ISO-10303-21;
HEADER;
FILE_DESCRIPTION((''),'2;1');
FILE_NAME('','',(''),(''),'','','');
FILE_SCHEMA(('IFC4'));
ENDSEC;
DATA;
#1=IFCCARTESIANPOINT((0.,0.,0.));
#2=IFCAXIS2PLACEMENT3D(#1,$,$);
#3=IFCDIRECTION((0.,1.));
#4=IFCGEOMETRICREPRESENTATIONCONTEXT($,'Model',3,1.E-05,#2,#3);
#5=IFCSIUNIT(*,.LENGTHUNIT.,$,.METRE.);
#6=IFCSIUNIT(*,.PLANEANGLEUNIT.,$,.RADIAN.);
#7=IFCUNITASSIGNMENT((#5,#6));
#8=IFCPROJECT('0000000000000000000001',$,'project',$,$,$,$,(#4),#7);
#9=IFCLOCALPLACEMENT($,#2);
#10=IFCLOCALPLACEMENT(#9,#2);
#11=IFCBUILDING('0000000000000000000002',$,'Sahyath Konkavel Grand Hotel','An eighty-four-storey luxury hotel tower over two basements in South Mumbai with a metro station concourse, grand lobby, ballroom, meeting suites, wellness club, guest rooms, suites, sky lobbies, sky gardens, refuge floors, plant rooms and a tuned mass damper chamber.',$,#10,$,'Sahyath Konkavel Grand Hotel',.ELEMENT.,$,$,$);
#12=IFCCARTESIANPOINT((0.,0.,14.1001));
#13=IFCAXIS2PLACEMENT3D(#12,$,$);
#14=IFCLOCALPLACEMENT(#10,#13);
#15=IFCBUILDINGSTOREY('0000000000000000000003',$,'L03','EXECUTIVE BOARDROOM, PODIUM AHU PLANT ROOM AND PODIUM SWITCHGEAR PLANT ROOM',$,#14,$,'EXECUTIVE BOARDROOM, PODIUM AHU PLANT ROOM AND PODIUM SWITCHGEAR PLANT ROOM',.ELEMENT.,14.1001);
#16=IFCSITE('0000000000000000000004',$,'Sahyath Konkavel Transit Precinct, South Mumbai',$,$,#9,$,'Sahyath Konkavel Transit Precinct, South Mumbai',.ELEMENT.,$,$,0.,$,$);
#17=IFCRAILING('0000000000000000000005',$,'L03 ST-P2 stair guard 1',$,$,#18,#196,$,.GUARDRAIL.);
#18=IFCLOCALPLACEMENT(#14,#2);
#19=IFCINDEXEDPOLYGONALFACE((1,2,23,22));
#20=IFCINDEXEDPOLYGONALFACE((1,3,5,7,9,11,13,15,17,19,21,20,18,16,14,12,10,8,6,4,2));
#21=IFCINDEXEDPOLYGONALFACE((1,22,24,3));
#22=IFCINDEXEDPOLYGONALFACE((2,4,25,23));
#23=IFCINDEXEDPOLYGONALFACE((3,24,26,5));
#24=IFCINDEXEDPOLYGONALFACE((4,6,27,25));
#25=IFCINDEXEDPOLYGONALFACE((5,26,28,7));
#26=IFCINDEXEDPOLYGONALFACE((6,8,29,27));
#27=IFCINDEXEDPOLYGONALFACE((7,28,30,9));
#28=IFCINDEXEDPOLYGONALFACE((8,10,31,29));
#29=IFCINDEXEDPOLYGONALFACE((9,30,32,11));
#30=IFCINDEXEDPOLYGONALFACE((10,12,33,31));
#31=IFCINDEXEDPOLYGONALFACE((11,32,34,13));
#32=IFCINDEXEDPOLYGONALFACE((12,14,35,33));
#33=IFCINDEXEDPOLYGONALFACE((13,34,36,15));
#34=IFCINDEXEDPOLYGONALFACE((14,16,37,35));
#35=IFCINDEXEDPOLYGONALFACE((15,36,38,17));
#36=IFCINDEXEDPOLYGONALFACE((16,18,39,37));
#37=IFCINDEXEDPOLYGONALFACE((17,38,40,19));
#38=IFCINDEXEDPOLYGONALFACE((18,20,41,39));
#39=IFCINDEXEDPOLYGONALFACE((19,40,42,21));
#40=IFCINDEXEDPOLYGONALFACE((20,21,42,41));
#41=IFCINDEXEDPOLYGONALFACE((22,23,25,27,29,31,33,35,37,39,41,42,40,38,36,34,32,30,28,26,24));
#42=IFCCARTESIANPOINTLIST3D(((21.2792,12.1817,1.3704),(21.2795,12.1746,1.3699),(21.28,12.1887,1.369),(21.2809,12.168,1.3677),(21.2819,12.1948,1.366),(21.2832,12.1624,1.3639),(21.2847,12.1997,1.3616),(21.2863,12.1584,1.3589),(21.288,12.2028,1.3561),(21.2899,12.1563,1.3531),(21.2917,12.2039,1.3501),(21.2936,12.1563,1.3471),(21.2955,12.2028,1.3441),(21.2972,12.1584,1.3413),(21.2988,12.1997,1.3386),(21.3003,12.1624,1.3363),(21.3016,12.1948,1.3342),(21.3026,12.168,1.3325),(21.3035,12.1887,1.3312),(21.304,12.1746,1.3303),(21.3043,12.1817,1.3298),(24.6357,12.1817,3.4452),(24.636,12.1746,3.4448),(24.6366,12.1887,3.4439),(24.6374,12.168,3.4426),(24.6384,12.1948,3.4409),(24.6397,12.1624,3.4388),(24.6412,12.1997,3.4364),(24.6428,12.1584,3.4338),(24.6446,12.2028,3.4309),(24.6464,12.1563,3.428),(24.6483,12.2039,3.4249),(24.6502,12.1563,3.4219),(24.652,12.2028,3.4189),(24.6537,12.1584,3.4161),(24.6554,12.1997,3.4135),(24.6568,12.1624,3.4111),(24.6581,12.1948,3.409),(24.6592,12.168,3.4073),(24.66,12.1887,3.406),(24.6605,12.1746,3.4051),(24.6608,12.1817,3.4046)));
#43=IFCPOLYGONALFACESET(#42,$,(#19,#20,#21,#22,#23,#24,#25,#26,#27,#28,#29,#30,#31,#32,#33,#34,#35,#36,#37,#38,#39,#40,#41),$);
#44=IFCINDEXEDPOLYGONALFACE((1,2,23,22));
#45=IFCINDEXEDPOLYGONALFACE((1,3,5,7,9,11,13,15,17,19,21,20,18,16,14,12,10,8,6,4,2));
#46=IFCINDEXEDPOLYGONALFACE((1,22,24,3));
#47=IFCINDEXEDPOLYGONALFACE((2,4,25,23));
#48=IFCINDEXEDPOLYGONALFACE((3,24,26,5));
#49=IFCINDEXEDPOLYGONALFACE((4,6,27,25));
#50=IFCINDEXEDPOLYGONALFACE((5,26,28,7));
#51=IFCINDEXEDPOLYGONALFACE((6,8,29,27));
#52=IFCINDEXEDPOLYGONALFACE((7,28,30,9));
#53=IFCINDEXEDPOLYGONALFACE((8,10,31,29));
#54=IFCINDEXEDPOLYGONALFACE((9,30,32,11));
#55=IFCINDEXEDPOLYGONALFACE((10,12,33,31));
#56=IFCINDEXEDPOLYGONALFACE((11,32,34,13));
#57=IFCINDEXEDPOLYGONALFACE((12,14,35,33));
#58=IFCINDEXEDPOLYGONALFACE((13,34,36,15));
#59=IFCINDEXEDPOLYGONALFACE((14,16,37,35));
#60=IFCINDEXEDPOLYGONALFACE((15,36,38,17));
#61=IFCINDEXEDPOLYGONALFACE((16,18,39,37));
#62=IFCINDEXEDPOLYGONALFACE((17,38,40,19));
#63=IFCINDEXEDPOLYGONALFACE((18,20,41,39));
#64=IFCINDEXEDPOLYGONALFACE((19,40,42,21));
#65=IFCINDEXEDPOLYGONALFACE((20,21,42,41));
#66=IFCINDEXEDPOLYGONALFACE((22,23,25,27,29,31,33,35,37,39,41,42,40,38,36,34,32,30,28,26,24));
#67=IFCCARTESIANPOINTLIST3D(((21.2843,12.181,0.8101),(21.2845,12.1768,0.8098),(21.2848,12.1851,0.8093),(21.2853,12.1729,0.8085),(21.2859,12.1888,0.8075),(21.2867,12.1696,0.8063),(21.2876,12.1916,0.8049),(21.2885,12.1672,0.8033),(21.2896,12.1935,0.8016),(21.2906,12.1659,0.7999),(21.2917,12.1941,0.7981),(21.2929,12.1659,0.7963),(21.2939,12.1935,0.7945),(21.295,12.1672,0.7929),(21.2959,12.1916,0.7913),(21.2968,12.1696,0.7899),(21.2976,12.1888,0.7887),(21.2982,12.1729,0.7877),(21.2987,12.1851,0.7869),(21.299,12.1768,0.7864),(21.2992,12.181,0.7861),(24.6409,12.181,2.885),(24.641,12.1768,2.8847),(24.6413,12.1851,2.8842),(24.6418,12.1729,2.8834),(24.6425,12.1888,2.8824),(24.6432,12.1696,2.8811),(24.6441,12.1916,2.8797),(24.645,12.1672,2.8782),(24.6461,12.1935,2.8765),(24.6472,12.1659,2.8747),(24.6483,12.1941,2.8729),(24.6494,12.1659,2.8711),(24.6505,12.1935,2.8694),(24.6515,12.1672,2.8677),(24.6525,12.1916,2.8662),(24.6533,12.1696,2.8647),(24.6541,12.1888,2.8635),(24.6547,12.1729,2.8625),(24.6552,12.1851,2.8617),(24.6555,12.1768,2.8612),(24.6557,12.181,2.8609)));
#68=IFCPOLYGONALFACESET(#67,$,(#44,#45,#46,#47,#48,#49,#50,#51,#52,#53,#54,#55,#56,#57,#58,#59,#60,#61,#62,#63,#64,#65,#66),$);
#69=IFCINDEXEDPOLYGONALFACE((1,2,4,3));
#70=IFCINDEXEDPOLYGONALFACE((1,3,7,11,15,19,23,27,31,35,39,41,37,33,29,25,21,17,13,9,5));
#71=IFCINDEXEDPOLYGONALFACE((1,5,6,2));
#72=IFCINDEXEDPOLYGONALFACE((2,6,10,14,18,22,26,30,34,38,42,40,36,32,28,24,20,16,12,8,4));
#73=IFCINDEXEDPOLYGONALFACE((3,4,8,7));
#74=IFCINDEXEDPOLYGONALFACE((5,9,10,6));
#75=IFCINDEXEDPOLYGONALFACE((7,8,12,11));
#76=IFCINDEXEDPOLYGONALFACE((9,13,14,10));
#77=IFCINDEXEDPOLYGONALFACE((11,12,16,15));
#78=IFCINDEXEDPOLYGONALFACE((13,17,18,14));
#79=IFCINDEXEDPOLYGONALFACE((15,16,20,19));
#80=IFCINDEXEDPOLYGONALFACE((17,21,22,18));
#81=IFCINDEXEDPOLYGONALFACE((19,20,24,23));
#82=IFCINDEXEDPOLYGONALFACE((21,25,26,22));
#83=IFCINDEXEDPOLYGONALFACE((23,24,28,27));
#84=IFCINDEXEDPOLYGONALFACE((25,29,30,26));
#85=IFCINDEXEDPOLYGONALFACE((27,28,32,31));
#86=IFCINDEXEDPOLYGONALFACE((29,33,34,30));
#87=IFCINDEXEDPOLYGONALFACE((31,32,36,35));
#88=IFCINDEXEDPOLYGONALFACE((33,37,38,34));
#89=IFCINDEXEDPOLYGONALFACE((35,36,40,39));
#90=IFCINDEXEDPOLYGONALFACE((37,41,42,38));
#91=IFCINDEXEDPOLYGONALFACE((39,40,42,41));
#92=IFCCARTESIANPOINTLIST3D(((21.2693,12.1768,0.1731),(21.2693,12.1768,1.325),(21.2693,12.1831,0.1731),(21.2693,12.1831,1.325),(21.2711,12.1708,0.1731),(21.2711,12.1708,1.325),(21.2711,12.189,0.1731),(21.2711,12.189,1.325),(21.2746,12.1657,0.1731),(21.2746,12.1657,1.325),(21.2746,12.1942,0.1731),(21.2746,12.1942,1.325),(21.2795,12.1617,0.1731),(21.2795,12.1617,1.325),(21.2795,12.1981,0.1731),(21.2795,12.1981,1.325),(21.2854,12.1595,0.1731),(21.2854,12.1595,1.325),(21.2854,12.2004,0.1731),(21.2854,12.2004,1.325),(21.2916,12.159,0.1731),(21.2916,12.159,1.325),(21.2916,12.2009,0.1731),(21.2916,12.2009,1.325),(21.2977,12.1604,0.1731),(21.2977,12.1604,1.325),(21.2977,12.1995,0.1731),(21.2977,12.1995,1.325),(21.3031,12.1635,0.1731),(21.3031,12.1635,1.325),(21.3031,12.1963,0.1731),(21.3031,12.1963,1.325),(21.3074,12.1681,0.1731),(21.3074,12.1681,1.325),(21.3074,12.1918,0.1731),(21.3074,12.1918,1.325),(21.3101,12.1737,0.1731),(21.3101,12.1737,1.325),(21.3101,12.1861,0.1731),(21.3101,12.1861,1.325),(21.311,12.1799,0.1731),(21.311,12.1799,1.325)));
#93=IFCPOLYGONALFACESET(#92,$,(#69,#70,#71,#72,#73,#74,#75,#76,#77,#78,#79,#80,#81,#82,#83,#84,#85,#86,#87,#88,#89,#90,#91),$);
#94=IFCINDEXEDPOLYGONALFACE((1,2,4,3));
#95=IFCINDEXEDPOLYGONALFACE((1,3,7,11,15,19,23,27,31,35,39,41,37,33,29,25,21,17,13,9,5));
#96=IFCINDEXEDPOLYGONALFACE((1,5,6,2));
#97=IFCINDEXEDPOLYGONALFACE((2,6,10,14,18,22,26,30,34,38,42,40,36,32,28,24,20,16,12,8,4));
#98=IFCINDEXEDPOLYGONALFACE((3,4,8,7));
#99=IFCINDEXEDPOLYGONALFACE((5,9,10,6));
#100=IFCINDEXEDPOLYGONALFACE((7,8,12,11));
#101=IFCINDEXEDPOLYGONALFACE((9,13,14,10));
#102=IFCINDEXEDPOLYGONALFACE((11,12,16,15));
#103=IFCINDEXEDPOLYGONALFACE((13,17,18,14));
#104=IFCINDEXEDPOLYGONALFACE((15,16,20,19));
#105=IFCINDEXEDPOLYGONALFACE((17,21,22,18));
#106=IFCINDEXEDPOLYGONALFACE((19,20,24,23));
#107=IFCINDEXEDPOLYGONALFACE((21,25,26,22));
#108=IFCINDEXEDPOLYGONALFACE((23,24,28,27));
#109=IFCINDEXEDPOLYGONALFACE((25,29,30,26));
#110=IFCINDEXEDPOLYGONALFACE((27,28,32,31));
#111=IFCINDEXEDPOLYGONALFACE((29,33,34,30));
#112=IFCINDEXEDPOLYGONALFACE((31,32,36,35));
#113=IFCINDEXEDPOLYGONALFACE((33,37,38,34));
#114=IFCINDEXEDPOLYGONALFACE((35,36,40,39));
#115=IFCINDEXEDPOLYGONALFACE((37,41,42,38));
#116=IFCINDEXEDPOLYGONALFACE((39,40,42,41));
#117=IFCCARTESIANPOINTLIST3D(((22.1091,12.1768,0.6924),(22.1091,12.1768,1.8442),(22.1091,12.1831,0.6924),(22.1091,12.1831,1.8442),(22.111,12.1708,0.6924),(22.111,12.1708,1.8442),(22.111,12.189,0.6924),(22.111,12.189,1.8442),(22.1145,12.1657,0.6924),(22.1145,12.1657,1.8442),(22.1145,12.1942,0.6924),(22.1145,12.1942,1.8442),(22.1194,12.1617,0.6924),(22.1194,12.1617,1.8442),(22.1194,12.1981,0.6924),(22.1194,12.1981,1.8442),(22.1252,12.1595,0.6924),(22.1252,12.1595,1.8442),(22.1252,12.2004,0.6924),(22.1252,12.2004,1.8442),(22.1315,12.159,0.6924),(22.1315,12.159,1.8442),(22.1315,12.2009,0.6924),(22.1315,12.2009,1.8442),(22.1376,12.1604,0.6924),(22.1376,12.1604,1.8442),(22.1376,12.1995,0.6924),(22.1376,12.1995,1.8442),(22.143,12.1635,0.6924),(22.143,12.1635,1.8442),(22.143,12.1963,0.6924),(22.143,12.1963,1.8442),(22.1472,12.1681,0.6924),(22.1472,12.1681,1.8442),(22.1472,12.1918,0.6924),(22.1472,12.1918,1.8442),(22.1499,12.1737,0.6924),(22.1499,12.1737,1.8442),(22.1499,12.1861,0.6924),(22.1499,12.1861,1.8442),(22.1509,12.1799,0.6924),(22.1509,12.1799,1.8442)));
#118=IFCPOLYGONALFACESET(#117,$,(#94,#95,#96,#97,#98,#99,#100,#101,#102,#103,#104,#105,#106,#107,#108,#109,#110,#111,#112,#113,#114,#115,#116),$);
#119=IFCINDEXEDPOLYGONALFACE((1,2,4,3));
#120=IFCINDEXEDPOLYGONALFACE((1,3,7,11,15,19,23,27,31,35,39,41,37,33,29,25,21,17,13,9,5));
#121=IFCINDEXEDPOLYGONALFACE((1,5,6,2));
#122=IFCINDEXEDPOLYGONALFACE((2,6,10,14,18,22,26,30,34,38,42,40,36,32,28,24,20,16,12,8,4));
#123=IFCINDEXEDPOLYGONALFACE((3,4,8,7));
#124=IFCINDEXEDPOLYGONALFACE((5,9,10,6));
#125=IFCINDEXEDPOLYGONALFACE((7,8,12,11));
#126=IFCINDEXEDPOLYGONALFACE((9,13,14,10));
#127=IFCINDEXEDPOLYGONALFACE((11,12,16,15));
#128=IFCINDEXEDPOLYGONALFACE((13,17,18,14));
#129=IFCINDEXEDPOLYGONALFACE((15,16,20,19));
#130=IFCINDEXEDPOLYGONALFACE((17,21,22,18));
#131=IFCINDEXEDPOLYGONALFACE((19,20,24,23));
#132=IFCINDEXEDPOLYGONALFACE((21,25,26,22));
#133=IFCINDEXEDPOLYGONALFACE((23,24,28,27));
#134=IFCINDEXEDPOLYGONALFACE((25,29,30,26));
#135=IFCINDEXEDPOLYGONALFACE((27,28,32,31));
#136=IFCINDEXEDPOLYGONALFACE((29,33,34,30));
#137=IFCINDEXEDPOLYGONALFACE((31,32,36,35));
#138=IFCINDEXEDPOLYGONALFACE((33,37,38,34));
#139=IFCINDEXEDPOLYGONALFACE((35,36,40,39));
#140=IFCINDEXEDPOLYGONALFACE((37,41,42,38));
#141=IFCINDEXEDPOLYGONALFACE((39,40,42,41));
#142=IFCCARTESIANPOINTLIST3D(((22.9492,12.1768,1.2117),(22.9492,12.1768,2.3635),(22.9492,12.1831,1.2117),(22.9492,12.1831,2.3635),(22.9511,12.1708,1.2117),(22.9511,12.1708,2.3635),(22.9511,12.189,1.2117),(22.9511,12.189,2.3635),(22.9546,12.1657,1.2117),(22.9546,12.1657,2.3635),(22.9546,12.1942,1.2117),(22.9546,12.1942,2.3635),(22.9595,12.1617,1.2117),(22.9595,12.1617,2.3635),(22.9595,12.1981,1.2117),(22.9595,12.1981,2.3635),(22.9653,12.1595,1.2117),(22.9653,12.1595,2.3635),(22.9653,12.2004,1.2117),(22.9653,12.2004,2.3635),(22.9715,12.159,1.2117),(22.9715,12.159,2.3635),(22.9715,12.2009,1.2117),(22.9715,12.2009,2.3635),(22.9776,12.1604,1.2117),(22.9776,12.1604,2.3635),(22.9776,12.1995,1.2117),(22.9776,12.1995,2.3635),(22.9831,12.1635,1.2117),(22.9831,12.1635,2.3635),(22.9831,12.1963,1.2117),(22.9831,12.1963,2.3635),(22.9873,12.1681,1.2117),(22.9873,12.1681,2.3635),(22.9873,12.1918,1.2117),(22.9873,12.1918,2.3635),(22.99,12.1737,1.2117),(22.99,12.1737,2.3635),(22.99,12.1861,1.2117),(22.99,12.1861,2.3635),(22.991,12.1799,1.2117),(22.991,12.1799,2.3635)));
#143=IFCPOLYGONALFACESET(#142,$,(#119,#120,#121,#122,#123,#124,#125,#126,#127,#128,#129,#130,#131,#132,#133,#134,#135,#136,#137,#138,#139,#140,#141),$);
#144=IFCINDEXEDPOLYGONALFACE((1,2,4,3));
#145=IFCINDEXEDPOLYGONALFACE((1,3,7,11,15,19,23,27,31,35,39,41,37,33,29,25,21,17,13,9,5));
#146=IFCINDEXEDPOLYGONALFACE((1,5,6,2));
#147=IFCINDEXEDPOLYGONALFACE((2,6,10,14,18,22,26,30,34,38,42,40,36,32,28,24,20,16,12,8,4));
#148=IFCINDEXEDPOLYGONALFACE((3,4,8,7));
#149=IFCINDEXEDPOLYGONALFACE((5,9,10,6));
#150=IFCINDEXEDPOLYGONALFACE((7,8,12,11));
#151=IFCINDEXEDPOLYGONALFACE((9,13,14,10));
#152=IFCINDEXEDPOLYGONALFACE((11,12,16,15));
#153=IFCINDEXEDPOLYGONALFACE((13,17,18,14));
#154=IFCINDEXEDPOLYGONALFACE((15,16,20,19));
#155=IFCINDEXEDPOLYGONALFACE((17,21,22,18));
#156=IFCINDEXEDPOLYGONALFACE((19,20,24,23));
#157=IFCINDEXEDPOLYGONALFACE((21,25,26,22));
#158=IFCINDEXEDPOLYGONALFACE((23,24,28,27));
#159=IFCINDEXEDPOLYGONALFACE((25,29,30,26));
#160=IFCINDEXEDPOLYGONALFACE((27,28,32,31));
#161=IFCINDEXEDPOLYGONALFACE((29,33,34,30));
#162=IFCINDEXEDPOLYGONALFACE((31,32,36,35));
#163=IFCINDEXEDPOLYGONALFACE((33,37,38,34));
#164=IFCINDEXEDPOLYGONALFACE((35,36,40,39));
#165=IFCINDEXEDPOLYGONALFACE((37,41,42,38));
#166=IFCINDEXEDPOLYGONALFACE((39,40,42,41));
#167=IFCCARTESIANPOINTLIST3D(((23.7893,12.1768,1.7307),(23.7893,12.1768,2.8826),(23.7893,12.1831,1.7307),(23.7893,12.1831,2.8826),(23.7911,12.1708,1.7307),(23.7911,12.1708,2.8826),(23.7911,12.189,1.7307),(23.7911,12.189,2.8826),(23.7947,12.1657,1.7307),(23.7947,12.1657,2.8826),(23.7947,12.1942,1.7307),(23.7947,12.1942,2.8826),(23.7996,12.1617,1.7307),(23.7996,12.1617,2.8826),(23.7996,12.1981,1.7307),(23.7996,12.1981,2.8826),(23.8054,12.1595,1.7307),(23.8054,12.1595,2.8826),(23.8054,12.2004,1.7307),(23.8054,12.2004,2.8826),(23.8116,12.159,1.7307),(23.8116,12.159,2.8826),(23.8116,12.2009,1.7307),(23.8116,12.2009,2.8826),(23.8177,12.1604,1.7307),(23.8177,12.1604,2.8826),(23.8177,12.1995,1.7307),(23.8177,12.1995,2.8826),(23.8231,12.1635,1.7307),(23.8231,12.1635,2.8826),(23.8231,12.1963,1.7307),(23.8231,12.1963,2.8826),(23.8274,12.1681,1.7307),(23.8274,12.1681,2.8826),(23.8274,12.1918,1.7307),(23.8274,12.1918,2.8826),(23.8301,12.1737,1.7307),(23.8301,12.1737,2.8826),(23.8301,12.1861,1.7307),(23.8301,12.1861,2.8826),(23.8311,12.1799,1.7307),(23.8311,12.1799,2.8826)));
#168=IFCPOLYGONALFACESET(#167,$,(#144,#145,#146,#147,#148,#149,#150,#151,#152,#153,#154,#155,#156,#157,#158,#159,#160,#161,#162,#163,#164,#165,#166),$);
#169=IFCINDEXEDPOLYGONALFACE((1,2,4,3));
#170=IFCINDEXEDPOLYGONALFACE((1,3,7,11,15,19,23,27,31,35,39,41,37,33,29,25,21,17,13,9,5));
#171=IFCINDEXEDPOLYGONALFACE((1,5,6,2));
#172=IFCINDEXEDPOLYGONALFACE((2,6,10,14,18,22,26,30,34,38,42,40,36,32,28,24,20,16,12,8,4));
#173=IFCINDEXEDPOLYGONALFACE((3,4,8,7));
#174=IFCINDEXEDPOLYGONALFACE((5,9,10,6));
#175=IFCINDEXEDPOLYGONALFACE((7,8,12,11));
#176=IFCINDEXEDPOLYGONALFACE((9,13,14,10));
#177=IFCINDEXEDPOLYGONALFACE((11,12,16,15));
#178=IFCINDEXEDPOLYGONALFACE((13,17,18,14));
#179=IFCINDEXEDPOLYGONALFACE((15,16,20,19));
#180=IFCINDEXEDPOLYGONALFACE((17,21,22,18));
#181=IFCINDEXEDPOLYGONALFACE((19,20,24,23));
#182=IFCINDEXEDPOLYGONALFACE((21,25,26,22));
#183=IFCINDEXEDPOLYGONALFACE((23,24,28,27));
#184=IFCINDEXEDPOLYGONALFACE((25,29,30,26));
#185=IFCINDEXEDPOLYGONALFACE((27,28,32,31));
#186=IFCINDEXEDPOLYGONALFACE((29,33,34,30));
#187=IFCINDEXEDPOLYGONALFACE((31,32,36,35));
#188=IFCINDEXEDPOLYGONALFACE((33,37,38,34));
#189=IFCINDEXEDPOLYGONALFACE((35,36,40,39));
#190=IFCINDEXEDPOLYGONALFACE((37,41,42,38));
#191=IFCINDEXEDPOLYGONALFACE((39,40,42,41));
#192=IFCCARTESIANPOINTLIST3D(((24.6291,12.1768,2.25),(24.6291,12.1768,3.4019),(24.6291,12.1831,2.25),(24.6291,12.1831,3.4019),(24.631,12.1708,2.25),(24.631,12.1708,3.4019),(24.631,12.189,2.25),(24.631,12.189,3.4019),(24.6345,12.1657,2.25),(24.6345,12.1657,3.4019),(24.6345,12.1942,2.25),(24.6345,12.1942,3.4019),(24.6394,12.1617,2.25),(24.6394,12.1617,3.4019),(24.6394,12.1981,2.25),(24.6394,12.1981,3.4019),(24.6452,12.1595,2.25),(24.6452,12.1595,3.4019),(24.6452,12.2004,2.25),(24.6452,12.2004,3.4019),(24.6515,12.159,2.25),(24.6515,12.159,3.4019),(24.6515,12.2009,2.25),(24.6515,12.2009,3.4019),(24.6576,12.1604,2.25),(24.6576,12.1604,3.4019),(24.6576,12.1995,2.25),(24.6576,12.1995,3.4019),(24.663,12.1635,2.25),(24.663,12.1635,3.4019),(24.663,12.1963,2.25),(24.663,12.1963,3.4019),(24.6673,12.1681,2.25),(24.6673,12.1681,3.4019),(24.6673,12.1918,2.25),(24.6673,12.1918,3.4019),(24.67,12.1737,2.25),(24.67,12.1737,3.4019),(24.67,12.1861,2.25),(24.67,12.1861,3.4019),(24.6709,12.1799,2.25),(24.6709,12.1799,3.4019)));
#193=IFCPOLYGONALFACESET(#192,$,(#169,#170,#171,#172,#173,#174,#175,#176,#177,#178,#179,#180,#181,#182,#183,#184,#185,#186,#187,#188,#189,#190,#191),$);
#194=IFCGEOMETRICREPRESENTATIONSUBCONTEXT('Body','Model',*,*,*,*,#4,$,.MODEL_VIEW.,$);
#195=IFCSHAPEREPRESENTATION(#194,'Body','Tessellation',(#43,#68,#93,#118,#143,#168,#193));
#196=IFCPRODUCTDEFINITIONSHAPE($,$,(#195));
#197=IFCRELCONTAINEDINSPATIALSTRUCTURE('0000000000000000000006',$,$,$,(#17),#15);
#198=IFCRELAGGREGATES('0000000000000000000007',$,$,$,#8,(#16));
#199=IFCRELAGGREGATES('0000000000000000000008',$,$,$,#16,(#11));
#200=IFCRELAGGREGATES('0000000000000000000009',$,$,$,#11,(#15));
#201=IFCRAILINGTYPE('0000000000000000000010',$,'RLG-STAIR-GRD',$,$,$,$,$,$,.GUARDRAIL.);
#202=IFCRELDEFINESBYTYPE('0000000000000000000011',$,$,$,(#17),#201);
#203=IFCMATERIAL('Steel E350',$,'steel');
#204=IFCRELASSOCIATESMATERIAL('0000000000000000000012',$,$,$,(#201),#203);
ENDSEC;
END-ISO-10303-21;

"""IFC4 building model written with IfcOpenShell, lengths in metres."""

from ifc_helpers import new_model, si_unit, direction, frame, origin, origin_2d, place, context, subcontext, project, spatial, circle, extrude, material, type_object, element, save


model = new_model("IFC4")

# Units and contexts
model_context = context("Model", 3, precision=1e-05, world=origin(), true_north=direction((0.0, 1.0)))
body_context = subcontext(model_context, "Body", "Model", "MODEL_VIEW")
ifc_project = project(units=[si_unit("LENGTHUNIT", "METRE"), si_unit("PLANEANGLEUNIT", "RADIAN")], contexts=[model_context])

# Site, building, storey
site_placement = place(None, origin())
site = spatial("IfcSite", under=ifc_project, at=site_placement, Name="Sahyath Konkavel Transit Precinct, South Mumbai", LongName="Sahyath Konkavel Transit Precinct, South Mumbai", CompositionType="ELEMENT", RefElevation=0.0)
building_placement = place(site_placement, origin())
building = spatial("IfcBuilding", under=site, at=building_placement, Name="Sahyath Konkavel Grand Hotel", Description="An eighty-four-storey luxury hotel tower over two basements in South Mumbai with a metro station concourse, grand lobby, ballroom, meeting suites, wellness club, guest rooms, suites, sky lobbies, sky gardens, refuge floors, plant rooms and a tuned mass damper chamber.", LongName="Sahyath Konkavel Grand Hotel", CompositionType="ELEMENT")
storey_placement = place(building_placement, frame((0.0, 0.0, 14.1001)))
storey = spatial("IfcBuildingStorey", under=building, at=storey_placement, Name="L03", Description="EXECUTIVE BOARDROOM, PODIUM AHU PLANT ROOM AND PODIUM SWITCHGEAR PLANT ROOM", LongName="EXECUTIVE BOARDROOM, PODIUM AHU PLANT ROOM AND PODIUM SWITCHGEAR PLANT ROOM", CompositionType="ELEMENT", Elevation=14.1001)

# Shared definitions
ifc_material_1 = material(Name="Steel E350", Category="steel")

# Railing
railing_type_1 = type_object("IfcRailingType", Name="RLG-STAIR-GRD", PredefinedType="GUARDRAIL", material=ifc_material_1)
railing_1_placement = place(storey_placement, frame((21.29, 12.1799, 0.1731)))
element("IfcRailing", 1, at=railing_1_placement, inside=storey, type_object=railing_type_1, Name="L03 ST-P2 stair guard 1", PredefinedType="GUARDRAIL", context=body_context, shape_type="SweptSolid", body=[
    extrude(circle(Radius=0.0239, at=origin_2d()), frame((0.0017, 0.0, 1.177), z_axis=(0.850606, 0.0, 0.525803), x_axis=(0.0, 1.0, 0.0)), (0.0, 0.0, 1.0), 3.946),
    extrude(circle(Radius=0.0142, at=origin_2d()), frame((0.0017, 0.0, 0.625), z_axis=(0.850606, 0.0, 0.525803), x_axis=(0.0, 1.0, 0.0)), (0.0, 0.0, 1.0), 3.946),
    extrude(circle(Radius=0.021, at=origin_2d()), origin(), (0.0, 0.0, 1.0), 1.1519),
    extrude(circle(Radius=0.021, at=origin_2d()), frame((0.8398, 0.0, 0.5193)), (0.0, 0.0, 1.0), 1.1519),
    extrude(circle(Radius=0.021, at=origin_2d()), frame((1.6799, 0.0, 1.0386)), (0.0, 0.0, 1.0), 1.1519),
    extrude(circle(Radius=0.021, at=origin_2d()), frame((2.52, 0.0, 1.5576)), (0.0, 0.0, 1.0), 1.1519),
    extrude(circle(Radius=0.021, at=origin_2d()), frame((3.3599, 0.0, 2.0769)), (0.0, 0.0, 1.0), 1.1519),
])

save(model, "model.ifc")
